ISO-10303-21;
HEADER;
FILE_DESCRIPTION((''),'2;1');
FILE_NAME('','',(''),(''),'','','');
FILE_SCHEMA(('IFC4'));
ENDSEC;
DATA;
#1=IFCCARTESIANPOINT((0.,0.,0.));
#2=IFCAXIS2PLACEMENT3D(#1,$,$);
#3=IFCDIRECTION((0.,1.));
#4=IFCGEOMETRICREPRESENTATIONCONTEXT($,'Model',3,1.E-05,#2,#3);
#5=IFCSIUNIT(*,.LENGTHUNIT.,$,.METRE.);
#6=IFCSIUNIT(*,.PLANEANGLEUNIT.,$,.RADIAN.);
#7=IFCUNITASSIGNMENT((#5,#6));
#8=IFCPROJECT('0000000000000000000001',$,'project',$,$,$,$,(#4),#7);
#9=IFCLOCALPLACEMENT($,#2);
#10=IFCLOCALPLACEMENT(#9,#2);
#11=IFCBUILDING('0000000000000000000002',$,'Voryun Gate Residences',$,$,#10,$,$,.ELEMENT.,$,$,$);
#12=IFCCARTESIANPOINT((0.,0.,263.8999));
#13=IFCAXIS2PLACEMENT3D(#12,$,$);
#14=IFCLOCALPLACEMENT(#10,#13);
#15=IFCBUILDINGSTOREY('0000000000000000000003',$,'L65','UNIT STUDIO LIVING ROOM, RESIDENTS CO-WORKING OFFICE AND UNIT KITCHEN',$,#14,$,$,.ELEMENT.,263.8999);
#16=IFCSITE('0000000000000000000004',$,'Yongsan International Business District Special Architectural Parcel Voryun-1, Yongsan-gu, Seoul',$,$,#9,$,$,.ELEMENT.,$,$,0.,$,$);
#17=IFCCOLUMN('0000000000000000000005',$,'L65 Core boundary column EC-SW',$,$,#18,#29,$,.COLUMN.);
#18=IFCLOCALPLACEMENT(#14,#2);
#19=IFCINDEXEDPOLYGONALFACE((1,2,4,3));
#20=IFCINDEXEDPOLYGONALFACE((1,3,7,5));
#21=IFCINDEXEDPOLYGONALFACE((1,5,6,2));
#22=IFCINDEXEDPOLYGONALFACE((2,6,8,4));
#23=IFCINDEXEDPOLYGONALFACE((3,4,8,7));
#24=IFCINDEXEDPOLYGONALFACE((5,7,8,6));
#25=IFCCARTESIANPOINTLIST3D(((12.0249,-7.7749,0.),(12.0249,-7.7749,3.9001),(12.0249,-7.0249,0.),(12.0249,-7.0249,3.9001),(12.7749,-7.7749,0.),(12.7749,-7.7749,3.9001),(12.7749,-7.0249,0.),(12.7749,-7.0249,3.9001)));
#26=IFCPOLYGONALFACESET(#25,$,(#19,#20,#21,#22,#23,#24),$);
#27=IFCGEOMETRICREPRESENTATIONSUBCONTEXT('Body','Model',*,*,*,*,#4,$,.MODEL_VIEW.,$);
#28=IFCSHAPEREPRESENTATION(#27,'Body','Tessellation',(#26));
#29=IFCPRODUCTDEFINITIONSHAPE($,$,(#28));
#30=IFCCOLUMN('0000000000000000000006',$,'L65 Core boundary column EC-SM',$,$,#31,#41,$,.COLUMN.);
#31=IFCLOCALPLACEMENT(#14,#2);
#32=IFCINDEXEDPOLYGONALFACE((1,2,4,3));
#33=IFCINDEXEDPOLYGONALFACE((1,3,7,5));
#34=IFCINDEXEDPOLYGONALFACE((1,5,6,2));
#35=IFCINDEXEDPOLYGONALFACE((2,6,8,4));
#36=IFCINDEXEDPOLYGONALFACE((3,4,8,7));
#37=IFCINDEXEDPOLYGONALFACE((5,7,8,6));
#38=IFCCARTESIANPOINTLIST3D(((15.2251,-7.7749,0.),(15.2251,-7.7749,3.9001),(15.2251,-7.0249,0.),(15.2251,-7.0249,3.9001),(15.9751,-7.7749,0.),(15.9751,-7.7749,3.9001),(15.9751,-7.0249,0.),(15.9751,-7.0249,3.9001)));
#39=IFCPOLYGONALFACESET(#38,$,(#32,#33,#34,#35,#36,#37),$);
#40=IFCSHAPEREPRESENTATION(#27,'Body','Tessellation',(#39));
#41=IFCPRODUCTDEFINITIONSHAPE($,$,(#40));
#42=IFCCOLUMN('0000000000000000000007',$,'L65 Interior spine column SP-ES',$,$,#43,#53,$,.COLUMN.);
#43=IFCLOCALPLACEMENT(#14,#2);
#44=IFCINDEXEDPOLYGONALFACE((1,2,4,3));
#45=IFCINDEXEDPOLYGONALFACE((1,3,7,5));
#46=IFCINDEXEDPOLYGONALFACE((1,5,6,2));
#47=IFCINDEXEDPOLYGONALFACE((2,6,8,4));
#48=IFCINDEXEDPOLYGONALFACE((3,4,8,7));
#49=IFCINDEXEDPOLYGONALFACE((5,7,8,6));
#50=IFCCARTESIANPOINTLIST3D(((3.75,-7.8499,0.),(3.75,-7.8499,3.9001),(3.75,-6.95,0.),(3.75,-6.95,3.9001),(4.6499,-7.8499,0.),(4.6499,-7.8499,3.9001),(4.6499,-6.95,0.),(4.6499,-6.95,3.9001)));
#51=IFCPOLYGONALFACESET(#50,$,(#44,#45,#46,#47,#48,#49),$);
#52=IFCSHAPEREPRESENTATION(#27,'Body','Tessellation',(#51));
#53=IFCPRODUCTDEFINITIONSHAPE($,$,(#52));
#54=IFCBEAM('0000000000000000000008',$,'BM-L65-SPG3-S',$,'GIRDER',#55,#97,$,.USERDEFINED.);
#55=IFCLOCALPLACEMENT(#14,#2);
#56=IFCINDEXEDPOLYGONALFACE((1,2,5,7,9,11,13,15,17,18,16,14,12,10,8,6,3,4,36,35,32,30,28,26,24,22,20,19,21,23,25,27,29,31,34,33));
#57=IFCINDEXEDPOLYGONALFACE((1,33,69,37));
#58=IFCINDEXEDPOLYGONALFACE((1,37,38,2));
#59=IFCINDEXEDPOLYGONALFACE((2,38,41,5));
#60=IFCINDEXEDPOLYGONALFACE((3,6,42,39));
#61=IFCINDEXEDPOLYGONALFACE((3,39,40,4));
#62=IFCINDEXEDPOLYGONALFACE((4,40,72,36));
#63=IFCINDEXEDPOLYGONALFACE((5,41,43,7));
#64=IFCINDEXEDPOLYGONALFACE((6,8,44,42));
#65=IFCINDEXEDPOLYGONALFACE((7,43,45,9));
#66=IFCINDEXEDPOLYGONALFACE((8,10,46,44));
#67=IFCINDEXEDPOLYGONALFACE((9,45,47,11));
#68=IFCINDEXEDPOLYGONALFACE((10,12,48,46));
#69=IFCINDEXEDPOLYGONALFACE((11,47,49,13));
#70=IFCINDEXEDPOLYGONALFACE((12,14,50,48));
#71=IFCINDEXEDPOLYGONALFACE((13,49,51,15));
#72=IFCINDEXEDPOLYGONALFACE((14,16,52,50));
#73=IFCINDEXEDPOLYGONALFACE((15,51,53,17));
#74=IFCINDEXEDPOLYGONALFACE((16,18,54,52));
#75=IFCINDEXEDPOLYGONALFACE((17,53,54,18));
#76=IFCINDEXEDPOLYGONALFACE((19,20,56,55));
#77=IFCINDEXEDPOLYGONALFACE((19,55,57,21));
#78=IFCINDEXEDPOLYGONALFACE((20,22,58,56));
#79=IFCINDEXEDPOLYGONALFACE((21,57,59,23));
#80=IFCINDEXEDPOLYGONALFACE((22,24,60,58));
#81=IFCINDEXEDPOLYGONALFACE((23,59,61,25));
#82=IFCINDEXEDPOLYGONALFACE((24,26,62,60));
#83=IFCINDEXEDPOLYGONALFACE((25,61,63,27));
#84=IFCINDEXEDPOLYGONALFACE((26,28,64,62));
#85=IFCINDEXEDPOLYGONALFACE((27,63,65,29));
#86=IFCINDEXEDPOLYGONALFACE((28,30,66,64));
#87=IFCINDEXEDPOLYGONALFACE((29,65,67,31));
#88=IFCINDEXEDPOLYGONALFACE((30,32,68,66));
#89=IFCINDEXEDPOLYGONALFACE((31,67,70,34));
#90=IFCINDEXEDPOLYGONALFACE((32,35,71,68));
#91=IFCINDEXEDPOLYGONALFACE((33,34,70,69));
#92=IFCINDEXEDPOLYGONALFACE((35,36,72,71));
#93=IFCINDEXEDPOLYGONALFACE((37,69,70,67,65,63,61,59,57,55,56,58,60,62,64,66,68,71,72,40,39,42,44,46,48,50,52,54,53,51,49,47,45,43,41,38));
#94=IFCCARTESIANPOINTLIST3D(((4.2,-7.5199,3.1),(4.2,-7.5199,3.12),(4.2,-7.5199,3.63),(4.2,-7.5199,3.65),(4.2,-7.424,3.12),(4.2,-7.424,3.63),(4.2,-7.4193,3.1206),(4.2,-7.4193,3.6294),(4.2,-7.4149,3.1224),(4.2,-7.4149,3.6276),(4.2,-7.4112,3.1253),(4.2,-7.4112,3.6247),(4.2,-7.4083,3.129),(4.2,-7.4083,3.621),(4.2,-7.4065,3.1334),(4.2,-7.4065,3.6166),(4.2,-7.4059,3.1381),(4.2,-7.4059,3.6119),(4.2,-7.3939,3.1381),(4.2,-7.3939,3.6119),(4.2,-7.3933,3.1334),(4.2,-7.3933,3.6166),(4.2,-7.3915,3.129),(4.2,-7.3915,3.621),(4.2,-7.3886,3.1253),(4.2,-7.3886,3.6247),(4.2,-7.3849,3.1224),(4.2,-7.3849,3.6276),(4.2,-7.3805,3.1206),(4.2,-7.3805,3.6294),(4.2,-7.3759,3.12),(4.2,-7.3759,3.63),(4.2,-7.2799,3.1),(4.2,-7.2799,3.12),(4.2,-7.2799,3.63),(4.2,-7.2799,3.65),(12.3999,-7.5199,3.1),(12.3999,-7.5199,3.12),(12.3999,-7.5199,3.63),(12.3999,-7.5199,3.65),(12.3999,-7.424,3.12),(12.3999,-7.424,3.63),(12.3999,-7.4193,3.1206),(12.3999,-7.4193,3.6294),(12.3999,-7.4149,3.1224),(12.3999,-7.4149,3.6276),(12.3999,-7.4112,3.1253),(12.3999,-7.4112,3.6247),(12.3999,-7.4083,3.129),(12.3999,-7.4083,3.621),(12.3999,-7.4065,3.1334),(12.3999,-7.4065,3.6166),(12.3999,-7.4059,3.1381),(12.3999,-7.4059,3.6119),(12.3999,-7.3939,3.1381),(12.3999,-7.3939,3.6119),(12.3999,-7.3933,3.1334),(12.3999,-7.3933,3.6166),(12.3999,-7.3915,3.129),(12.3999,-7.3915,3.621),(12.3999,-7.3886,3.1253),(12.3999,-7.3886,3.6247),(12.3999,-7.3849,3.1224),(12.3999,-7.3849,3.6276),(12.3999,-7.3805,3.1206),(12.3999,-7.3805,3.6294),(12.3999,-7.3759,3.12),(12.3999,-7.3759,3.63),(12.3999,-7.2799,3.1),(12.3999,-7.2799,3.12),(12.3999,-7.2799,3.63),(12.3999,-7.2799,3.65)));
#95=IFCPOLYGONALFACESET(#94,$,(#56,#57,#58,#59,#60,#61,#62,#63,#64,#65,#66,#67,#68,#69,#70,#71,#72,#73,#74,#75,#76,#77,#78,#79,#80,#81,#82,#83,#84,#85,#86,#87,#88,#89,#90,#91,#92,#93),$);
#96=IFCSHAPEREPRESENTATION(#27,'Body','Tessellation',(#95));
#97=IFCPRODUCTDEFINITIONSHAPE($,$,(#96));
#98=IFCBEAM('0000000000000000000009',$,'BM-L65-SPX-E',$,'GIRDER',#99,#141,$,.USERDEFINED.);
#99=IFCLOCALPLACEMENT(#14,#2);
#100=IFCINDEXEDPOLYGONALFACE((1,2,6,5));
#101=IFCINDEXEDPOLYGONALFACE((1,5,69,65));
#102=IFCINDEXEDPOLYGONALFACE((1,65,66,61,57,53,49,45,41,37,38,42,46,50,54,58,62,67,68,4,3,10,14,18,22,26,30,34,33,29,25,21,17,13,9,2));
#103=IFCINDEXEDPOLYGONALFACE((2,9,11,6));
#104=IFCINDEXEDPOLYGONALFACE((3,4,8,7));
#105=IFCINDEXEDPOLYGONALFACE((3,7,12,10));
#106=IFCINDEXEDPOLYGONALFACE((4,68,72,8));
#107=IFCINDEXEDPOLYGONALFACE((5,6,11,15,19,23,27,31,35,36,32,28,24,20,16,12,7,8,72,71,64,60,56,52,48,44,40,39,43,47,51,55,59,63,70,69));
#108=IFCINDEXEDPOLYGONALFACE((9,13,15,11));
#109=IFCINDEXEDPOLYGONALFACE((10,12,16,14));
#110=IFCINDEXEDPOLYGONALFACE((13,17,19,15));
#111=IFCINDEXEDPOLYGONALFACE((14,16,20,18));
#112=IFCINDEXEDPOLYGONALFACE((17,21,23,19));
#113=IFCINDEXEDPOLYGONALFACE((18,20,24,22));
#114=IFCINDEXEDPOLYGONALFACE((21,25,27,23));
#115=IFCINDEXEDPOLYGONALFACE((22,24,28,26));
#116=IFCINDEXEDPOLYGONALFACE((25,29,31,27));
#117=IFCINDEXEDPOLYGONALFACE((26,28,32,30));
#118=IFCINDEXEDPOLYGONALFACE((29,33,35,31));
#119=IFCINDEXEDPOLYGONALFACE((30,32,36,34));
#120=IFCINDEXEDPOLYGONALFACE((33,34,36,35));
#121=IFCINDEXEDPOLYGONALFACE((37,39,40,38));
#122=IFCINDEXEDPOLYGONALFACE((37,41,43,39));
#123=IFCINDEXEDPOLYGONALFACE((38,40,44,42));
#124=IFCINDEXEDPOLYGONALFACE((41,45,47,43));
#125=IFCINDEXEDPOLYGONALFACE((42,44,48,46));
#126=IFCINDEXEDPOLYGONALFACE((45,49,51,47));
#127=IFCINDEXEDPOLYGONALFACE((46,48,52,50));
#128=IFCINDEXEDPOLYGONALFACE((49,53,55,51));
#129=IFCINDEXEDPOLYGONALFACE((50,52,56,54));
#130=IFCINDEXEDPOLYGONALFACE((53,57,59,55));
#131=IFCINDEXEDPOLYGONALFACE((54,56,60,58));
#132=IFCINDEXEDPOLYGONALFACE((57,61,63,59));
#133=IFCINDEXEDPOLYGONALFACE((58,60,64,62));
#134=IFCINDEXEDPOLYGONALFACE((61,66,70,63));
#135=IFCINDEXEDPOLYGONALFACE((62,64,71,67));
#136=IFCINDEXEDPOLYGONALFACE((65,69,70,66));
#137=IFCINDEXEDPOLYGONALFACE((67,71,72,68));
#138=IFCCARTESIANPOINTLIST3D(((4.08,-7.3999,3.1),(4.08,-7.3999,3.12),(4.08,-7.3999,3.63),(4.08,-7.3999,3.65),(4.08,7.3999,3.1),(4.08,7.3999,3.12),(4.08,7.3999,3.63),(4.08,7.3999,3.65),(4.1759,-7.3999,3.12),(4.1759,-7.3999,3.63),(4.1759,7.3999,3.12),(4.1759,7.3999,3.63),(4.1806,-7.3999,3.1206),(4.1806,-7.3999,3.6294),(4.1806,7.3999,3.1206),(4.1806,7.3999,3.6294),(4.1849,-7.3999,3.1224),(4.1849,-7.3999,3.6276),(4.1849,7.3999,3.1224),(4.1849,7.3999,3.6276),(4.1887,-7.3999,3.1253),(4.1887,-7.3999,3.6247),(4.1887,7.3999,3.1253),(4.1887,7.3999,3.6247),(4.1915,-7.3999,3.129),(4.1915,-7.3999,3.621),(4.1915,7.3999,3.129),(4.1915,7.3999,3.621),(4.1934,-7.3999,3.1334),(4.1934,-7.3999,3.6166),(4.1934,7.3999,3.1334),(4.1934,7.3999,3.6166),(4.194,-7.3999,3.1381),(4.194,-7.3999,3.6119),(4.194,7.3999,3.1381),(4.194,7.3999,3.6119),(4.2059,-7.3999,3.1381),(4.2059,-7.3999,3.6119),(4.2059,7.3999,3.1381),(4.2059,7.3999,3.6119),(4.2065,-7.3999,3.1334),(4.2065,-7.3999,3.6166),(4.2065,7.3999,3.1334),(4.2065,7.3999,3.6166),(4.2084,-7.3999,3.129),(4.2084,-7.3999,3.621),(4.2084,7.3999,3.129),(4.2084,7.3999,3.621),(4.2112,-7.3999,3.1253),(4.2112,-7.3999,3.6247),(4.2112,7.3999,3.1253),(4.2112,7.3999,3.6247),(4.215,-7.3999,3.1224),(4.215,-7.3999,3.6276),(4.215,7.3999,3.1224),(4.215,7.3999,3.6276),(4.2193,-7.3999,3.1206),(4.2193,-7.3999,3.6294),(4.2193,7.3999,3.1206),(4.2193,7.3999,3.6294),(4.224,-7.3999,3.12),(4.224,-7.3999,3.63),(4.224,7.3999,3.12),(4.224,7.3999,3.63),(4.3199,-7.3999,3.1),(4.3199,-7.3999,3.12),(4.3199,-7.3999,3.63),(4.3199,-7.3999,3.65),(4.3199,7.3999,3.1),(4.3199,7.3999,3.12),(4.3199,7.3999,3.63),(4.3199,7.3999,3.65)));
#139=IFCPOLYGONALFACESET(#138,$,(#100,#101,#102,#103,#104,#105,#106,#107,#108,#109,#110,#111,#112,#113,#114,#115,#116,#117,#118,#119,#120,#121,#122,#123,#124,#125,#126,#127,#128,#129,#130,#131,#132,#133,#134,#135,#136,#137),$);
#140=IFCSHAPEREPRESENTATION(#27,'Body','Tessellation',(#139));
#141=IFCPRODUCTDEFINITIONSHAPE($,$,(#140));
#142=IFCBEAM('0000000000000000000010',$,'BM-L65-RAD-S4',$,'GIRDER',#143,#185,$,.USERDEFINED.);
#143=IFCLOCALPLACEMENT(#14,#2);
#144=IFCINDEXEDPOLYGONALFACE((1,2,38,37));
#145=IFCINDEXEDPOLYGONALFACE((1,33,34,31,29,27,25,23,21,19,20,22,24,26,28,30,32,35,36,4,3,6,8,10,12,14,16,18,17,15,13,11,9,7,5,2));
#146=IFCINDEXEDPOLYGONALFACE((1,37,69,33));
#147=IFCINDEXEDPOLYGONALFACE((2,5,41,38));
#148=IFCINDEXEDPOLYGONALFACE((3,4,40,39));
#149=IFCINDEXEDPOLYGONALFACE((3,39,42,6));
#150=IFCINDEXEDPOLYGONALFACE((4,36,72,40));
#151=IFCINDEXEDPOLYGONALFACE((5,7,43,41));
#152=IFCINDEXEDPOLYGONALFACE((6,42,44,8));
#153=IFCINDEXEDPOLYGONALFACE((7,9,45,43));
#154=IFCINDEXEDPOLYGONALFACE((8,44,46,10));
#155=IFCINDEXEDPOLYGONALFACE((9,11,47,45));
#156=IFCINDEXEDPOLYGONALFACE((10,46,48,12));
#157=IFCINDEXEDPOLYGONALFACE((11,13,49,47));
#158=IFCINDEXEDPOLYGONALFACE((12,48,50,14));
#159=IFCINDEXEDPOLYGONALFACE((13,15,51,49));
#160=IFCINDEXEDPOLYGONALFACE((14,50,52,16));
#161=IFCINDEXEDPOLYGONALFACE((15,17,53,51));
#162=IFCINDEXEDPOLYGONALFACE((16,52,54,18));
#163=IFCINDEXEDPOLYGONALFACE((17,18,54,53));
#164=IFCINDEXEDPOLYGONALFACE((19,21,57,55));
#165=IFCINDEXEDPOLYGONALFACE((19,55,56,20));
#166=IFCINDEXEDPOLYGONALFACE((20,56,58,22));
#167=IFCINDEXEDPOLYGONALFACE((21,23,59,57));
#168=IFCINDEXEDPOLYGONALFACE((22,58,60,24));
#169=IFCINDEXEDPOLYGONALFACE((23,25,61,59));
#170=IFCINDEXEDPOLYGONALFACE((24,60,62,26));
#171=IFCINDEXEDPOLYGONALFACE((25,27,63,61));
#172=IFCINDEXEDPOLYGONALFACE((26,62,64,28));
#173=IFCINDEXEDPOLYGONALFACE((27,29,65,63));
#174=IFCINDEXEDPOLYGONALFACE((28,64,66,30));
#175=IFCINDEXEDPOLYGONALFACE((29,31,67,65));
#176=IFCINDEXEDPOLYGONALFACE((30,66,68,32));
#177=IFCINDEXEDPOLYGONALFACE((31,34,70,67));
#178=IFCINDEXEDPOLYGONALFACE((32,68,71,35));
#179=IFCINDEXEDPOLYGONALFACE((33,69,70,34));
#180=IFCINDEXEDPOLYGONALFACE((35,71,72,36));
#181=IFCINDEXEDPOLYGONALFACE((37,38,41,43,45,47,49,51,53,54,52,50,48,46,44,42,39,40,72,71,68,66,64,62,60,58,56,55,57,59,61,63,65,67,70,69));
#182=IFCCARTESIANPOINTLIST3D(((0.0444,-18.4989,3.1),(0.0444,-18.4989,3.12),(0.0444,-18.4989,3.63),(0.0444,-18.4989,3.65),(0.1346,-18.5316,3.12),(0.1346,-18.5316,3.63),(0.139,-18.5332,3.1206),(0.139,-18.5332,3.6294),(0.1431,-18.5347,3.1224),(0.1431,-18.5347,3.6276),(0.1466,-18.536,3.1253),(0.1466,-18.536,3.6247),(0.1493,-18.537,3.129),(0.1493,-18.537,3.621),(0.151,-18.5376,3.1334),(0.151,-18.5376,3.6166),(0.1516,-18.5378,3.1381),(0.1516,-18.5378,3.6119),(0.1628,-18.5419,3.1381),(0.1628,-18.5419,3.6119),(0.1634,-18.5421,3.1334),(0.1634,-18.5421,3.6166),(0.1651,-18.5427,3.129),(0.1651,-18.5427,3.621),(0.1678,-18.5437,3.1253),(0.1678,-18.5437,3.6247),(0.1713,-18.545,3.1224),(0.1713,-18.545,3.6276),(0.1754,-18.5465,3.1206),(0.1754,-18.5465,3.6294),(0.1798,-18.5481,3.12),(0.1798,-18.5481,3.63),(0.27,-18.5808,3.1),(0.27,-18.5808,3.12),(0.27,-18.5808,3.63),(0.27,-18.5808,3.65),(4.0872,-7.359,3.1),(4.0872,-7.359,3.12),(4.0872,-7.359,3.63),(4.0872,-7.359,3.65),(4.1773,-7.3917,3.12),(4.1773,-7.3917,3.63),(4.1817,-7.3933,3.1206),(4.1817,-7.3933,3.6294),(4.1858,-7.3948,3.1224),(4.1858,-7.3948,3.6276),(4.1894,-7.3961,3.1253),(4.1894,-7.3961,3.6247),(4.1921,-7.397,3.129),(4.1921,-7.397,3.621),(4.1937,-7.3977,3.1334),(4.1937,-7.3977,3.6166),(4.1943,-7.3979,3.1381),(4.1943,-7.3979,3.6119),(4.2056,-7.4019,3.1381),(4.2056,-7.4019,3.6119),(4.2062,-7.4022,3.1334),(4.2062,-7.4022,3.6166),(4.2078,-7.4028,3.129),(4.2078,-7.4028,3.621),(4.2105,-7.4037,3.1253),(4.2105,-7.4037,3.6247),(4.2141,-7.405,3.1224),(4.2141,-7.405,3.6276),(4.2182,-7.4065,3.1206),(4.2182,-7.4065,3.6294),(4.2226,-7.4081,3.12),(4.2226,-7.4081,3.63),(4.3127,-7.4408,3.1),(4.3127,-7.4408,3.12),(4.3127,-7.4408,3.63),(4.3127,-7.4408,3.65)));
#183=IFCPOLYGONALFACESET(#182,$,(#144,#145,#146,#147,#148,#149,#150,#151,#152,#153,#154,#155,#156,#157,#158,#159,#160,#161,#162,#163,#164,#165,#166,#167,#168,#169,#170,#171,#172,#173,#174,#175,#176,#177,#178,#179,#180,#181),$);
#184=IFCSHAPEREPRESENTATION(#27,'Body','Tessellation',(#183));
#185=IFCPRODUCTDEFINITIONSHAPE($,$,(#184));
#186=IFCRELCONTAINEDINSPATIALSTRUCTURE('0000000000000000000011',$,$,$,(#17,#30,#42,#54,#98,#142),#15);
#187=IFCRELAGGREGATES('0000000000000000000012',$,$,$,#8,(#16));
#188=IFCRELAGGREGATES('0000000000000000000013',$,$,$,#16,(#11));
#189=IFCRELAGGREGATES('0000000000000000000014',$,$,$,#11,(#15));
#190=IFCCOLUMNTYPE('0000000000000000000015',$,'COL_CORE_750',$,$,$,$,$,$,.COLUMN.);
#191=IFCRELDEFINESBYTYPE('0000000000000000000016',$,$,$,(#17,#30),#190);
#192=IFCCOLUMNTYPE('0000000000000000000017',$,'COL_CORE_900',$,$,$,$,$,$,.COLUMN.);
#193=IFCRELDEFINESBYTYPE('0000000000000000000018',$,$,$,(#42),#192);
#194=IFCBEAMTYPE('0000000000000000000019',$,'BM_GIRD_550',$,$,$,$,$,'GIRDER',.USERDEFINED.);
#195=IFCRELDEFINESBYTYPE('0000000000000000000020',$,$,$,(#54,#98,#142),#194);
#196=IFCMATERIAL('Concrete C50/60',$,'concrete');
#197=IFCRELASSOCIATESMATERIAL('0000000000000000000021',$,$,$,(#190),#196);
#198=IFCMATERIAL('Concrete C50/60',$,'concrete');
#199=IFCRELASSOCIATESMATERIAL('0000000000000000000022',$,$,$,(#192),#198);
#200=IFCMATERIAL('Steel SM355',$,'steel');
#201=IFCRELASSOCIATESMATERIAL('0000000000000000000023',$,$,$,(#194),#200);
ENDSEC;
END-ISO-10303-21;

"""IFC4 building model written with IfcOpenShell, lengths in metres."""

from ifc_helpers import new_model, si_unit, direction, frame, origin, origin_2d, place, context, subcontext, project, spatial, rectangle, i_section, extrude, material, material_profile, profile_set, type_object, element, save


model = new_model("IFC4")

# Units and contexts
model_context = context("Model", 3, precision=1e-05, world=origin(), true_north=direction((0.0, 1.0)))
body_context = subcontext(model_context, "Body", "Model", "MODEL_VIEW")
ifc_project = project(units=[si_unit("LENGTHUNIT", "METRE"), si_unit("PLANEANGLEUNIT", "RADIAN")], contexts=[model_context])

# Site, building, storey
site_placement = place(None, origin())
site = spatial("IfcSite", under=ifc_project, at=site_placement, Name="Yongsan International Business District Special Architectural Parcel Voryun-1, Yongsan-gu, Seoul", CompositionType="ELEMENT", RefElevation=0.0)
building_placement = place(site_placement, origin())
building = spatial("IfcBuilding", under=site, at=building_placement, Name="Voryun Gate Residences", CompositionType="ELEMENT")
storey_placement = place(building_placement, frame((0.0, 0.0, 263.8999)))
storey = spatial("IfcBuildingStorey", under=building, at=storey_placement, Name="L65", Description="UNIT STUDIO LIVING ROOM, RESIDENTS CO-WORKING OFFICE AND UNIT KITCHEN", CompositionType="ELEMENT", Elevation=263.8999)

# Columns
ifc_material_1 = material(Name="Concrete C50/60", Category="concrete")
ifc_material_profile_1 = material_profile(ifc_material_1, rectangle(XDim=0.75, YDim=0.75, at=origin_2d()), Name="RC-750x750")
ifc_profile_set_1 = profile_set([ifc_material_profile_1], Name="Concrete C50/60")
column_type_1 = type_object("IfcColumnType", Name="COL_CORE_750", PredefinedType="COLUMN", material=ifc_profile_set_1)
for number, where, z_axis, x_axis, name in (
    (1, (12.3999, -7.3999, 0.0), (0.0, 0.0, 1.0), (1.0, 0.0, 0.0), "L65 Core boundary column EC-SW"),
    (2, (15.6001, -7.3999, 0.0), (0.0, 0.0, 1.0), (1.0, 0.0, 0.0), "L65 Core boundary column EC-SM"),
):
    element("IfcColumn", number, at=place(storey_placement, frame(where, z_axis=z_axis, x_axis=x_axis)), inside=storey, type_object=column_type_1, Name=name, PredefinedType="COLUMN", context=body_context, shape_type="SweptSolid", body=[
        extrude(rectangle(XDim=0.75, YDim=0.75, at=origin_2d()), origin(), (0.0, 0.0, 1.0), 3.9001),
    ])
ifc_material_2 = material(Name="Concrete C50/60", Category="concrete")
ifc_material_profile_2 = material_profile(ifc_material_2, rectangle(XDim=0.8999, YDim=0.8999, at=origin_2d()), Name="RC-900x900")
ifc_profile_set_2 = profile_set([ifc_material_profile_2], Name="Concrete C50/60")
column_type_2 = type_object("IfcColumnType", Name="COL_CORE_900", PredefinedType="COLUMN", material=ifc_profile_set_2)
column_placement = place(storey_placement, frame((4.2, -7.3999, 0.0), z_axis=(0.0, 0.0, 1.0), x_axis=(1.0, 0.0, 0.0)))
element("IfcColumn", 3, at=column_placement, inside=storey, type_object=column_type_2, Name="L65 Interior spine column SP-ES", PredefinedType="COLUMN", context=body_context, shape_type="SweptSolid", body=[
    extrude(rectangle(XDim=0.8999, YDim=0.8999, at=origin_2d()), origin(), (0.0, 0.0, 1.0), 3.9001),
])

# Beams
ifc_material_3 = material(Name="Steel SM355", Category="steel")
ifc_material_profile_3 = material_profile(ifc_material_3, i_section(OverallWidth=0.24, OverallDepth=0.55, WebThickness=0.012, FlangeThickness=0.02, FilletRadius=0.0181, at=origin_2d()), Name="H-550x240x12x20")
ifc_profile_set_3 = profile_set([ifc_material_profile_3], Name="Steel SM355")
beam_type_1 = type_object("IfcBeamType", Name="BM_GIRD_550", ElementType="GIRDER", PredefinedType="USERDEFINED", material=ifc_profile_set_3)
beam_1_placement = place(storey_placement, frame((4.2, -7.3999, 3.375), z_axis=(1.0, 0.0, 0.0), x_axis=(0.0, 1.0, 0.0)))
element("IfcBeam", 4, at=beam_1_placement, inside=storey, type_object=beam_type_1, Name="BM-L65-SPG3-S", ObjectType="GIRDER", PredefinedType="USERDEFINED", context=body_context, shape_type="SweptSolid", body=[
    extrude(i_section(OverallWidth=0.24, OverallDepth=0.55, WebThickness=0.012, FlangeThickness=0.02, FilletRadius=0.0181, at=origin_2d()), origin(), (0.0, 0.0, 1.0), 8.2),
])
beam_2_placement = place(storey_placement, frame((4.2, -7.3999, 3.375), z_axis=(0.0, 1.0, 0.0), x_axis=(-1.0, 0.0, 0.0)))
element("IfcBeam", 5, at=beam_2_placement, inside=storey, type_object=beam_type_1, Name="BM-L65-SPX-E", ObjectType="GIRDER", PredefinedType="USERDEFINED", context=body_context, shape_type="SweptSolid", body=[
    extrude(i_section(OverallWidth=0.24, OverallDepth=0.55, WebThickness=0.012, FlangeThickness=0.02, FilletRadius=0.0181, at=origin_2d()), origin(), (0.0, 0.0, 1.0), 14.7998),
])
beam_3_placement = place(storey_placement, frame((4.2, -7.3999, 3.375), z_axis=(-0.341136, -0.940014, 0.0), x_axis=(0.940014, -0.341136, 0.0)))
element("IfcBeam", 6, at=beam_3_placement, inside=storey, type_object=beam_type_1, Name="BM-L65-RAD-S4", ObjectType="GIRDER", PredefinedType="USERDEFINED", context=body_context, shape_type="SweptSolid", body=[
    extrude(i_section(OverallWidth=0.24, OverallDepth=0.55, WebThickness=0.012, FlangeThickness=0.02, FilletRadius=0.0181, at=origin_2d()), origin(), (0.0, 0.0, 1.0), 11.8508),
])

save(model, "model.ifc")
